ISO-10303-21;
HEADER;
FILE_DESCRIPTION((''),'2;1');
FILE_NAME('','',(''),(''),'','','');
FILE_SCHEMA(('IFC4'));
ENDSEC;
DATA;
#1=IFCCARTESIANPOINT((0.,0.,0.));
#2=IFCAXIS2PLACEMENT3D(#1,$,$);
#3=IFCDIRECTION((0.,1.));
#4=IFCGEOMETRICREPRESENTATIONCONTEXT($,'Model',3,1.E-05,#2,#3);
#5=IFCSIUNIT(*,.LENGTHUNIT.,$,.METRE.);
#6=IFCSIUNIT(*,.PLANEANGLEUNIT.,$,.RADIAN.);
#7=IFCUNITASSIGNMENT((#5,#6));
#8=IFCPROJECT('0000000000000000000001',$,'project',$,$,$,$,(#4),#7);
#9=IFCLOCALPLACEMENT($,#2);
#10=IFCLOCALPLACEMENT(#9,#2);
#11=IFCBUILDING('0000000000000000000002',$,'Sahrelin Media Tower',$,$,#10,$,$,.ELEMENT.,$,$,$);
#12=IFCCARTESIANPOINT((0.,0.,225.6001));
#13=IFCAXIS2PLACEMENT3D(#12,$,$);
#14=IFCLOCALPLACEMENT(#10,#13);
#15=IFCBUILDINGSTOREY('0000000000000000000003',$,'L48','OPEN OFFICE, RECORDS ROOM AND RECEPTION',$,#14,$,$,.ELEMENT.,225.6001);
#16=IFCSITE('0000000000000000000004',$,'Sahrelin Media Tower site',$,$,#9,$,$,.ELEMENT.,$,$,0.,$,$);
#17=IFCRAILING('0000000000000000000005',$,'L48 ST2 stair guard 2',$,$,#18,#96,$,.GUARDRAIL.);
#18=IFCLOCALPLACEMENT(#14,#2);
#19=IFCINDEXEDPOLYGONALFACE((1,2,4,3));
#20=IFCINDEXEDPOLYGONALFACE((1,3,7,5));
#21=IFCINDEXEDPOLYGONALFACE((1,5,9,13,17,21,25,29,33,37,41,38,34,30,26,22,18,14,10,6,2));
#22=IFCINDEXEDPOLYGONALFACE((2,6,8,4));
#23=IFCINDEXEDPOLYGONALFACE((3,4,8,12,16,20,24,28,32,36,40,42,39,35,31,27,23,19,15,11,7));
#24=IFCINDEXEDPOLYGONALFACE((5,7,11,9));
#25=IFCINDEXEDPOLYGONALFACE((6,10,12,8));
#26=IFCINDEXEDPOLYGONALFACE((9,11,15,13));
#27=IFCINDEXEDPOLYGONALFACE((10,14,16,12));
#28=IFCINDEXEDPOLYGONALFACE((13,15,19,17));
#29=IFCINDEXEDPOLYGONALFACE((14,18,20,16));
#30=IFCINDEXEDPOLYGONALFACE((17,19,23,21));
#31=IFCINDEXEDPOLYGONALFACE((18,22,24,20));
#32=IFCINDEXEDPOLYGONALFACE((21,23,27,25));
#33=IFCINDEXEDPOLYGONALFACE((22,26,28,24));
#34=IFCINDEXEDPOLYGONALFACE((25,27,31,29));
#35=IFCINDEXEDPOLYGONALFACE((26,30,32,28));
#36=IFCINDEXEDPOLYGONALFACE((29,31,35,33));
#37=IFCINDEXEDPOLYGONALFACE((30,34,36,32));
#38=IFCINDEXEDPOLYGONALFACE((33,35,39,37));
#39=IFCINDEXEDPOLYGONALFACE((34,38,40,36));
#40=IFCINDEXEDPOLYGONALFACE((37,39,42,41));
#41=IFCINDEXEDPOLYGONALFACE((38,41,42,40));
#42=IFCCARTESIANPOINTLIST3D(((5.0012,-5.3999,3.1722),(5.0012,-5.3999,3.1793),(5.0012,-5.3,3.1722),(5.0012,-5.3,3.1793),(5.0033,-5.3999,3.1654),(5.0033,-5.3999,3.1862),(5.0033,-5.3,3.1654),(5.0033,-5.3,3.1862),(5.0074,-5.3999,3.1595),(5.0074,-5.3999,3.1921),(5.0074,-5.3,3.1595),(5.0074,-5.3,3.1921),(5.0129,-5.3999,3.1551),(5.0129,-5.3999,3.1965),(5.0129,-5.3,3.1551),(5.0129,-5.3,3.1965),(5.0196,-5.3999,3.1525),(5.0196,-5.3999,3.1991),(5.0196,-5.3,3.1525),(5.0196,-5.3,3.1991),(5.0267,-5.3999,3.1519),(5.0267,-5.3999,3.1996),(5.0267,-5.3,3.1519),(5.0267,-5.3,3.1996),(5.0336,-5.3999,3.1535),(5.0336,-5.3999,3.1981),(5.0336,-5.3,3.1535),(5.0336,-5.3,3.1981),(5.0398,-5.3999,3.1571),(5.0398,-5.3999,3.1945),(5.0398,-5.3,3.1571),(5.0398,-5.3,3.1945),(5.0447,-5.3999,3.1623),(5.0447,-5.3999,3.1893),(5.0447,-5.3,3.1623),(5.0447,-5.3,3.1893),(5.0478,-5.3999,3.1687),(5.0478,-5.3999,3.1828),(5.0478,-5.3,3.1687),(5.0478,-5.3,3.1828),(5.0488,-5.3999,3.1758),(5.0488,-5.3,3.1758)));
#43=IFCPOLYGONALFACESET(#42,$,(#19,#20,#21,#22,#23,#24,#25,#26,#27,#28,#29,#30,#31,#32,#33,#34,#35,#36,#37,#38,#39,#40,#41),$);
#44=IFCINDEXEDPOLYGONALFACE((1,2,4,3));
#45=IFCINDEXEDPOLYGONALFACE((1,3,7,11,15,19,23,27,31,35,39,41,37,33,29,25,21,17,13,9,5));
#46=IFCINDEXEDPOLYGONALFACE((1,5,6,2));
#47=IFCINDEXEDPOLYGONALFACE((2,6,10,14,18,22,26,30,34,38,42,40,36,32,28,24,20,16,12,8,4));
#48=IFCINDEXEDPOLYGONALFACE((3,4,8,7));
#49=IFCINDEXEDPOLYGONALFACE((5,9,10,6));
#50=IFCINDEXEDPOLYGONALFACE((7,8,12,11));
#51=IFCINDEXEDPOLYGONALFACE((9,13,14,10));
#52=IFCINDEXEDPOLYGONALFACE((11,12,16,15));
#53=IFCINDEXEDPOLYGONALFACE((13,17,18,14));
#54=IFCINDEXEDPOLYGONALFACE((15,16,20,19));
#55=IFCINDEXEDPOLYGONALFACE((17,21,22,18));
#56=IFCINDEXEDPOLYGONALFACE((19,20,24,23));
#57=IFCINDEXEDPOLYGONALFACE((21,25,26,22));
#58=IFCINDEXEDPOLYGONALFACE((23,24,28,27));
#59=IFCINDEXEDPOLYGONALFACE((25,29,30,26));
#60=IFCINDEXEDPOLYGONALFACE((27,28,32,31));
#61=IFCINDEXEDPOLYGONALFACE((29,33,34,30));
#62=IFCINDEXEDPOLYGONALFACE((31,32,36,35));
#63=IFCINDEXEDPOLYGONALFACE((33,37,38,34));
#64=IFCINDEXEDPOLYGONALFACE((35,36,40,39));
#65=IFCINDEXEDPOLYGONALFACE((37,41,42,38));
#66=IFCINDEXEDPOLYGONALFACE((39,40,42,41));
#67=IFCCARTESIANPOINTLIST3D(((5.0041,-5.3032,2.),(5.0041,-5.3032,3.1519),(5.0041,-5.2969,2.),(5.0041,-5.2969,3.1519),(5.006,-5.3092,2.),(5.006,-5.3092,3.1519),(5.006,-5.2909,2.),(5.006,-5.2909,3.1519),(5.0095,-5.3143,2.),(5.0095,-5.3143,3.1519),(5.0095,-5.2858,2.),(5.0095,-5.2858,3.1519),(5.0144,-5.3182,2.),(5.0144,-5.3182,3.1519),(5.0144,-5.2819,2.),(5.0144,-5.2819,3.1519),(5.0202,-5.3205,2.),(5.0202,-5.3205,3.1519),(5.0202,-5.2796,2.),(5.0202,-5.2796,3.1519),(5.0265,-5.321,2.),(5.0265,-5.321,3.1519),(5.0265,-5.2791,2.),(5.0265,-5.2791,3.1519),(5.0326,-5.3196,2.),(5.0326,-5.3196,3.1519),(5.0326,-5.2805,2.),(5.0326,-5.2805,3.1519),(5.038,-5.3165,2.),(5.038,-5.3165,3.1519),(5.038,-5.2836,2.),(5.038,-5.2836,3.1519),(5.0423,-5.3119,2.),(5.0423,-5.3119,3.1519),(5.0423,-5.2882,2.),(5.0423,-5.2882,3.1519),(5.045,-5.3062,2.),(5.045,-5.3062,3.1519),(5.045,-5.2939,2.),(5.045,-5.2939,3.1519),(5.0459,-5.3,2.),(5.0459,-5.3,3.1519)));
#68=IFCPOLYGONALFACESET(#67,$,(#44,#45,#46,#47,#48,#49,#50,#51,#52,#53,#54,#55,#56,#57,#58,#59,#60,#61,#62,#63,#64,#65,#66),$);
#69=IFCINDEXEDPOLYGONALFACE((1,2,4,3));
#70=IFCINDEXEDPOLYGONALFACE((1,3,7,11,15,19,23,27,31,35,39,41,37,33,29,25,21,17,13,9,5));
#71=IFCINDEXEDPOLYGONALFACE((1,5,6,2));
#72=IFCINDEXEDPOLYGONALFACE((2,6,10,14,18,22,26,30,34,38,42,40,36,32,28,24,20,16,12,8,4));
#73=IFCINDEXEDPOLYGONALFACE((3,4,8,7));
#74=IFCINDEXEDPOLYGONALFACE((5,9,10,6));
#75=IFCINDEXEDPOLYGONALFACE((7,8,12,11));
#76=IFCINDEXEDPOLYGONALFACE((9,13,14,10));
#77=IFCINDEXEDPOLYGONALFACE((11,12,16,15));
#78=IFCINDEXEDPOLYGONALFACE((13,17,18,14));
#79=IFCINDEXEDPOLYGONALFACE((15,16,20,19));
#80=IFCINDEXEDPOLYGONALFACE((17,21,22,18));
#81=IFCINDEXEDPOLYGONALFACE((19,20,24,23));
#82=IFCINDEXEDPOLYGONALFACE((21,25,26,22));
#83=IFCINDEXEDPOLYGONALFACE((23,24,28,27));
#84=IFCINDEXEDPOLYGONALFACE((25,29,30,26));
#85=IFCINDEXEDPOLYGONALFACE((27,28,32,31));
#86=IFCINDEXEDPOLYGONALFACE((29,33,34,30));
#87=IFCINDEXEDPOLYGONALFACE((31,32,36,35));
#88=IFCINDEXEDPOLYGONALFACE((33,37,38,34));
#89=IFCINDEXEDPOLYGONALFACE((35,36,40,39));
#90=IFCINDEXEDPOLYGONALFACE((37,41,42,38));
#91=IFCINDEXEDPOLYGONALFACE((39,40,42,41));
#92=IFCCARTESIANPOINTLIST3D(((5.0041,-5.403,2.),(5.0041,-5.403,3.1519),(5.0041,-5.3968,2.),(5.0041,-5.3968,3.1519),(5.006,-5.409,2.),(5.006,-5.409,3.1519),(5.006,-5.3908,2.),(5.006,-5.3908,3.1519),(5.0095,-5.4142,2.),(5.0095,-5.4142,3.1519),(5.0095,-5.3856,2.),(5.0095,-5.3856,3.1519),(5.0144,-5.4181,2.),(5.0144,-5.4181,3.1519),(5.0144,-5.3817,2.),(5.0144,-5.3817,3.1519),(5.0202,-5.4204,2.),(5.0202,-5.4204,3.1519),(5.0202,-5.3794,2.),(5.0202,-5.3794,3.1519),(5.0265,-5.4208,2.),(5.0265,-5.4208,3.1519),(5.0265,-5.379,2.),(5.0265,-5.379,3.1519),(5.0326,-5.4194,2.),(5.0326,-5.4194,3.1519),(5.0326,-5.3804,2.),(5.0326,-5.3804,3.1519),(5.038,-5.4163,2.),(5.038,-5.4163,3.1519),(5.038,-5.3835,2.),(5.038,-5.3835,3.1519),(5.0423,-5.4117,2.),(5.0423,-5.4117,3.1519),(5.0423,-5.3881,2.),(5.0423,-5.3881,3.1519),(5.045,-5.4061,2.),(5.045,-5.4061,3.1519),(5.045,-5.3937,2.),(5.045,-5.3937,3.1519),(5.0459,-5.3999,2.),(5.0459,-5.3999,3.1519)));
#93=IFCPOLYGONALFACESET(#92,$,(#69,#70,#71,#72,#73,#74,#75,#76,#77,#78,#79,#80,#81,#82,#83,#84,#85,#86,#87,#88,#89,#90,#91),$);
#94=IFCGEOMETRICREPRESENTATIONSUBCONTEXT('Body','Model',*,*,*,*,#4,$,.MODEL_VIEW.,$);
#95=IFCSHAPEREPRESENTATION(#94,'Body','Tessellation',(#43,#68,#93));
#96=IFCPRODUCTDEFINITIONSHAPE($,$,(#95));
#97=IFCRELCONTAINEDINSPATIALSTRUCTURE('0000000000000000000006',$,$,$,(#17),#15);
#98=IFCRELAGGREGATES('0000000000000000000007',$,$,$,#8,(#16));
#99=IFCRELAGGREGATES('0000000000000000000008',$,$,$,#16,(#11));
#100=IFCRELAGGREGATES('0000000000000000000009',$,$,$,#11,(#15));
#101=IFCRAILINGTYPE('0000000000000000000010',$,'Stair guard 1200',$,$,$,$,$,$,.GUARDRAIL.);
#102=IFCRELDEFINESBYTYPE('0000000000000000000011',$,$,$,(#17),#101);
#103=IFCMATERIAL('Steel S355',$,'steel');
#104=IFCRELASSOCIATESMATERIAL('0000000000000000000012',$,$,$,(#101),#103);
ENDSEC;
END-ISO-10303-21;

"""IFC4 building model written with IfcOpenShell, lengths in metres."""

from ifc_helpers import new_model, si_unit, direction, frame, origin, origin_2d, place, context, subcontext, project, spatial, circle, extrude, material, type_object, element, save


model = new_model("IFC4")

# Units and contexts
model_context = context("Model", 3, precision=1e-05, world=origin(), true_north=direction((0.0, 1.0)))
body_context = subcontext(model_context, "Body", "Model", "MODEL_VIEW")
ifc_project = project(units=[si_unit("LENGTHUNIT", "METRE"), si_unit("PLANEANGLEUNIT", "RADIAN")], contexts=[model_context])

# Site, building, storey
site_placement = place(None, origin())
site = spatial("IfcSite", under=ifc_project, at=site_placement, Name="Sahrelin Media Tower site", CompositionType="ELEMENT", RefElevation=0.0)
building_placement = place(site_placement, origin())
building = spatial("IfcBuilding", under=site, at=building_placement, Name="Sahrelin Media Tower", CompositionType="ELEMENT")
storey_placement = place(building_placement, frame((0.0, 0.0, 225.6001)))
storey = spatial("IfcBuildingStorey", under=building, at=storey_placement, Name="L48", Description="OPEN OFFICE, RECORDS ROOM AND RECEPTION", CompositionType="ELEMENT", Elevation=225.6001)

# Shared definitions
ifc_material_1 = material(Name="Steel S355", Category="steel")

# Railing
railing_type_1 = type_object("IfcRailingType", Name="Stair guard 1200", PredefinedType="GUARDRAIL", material=ifc_material_1)
railing_1_placement = place(storey_placement, frame((5.0249, -5.3, 2.0)))
element("IfcRailing", 1, at=railing_1_placement, inside=storey, type_object=railing_type_1, Name="L48 ST2 stair guard 2", PredefinedType="GUARDRAIL", context=body_context, shape_type="SweptSolid", body=[
    extrude(circle(Radius=0.0239, at=origin_2d()), frame((0.0, 0.0, 1.1758), z_axis=(0.0, -1.0, 0.0), x_axis=(1.0, 0.0, 0.0)), (0.0, 0.0, 1.0), 0.0999),
    extrude(circle(Radius=0.021, at=origin_2d()), origin(), (0.0, 0.0, 1.0), 1.1519),
    extrude(circle(Radius=0.021, at=origin_2d()), frame((0.0, -0.0999, 0.0)), (0.0, 0.0, 1.0), 1.1519),
])

save(model, "model.ifc")
